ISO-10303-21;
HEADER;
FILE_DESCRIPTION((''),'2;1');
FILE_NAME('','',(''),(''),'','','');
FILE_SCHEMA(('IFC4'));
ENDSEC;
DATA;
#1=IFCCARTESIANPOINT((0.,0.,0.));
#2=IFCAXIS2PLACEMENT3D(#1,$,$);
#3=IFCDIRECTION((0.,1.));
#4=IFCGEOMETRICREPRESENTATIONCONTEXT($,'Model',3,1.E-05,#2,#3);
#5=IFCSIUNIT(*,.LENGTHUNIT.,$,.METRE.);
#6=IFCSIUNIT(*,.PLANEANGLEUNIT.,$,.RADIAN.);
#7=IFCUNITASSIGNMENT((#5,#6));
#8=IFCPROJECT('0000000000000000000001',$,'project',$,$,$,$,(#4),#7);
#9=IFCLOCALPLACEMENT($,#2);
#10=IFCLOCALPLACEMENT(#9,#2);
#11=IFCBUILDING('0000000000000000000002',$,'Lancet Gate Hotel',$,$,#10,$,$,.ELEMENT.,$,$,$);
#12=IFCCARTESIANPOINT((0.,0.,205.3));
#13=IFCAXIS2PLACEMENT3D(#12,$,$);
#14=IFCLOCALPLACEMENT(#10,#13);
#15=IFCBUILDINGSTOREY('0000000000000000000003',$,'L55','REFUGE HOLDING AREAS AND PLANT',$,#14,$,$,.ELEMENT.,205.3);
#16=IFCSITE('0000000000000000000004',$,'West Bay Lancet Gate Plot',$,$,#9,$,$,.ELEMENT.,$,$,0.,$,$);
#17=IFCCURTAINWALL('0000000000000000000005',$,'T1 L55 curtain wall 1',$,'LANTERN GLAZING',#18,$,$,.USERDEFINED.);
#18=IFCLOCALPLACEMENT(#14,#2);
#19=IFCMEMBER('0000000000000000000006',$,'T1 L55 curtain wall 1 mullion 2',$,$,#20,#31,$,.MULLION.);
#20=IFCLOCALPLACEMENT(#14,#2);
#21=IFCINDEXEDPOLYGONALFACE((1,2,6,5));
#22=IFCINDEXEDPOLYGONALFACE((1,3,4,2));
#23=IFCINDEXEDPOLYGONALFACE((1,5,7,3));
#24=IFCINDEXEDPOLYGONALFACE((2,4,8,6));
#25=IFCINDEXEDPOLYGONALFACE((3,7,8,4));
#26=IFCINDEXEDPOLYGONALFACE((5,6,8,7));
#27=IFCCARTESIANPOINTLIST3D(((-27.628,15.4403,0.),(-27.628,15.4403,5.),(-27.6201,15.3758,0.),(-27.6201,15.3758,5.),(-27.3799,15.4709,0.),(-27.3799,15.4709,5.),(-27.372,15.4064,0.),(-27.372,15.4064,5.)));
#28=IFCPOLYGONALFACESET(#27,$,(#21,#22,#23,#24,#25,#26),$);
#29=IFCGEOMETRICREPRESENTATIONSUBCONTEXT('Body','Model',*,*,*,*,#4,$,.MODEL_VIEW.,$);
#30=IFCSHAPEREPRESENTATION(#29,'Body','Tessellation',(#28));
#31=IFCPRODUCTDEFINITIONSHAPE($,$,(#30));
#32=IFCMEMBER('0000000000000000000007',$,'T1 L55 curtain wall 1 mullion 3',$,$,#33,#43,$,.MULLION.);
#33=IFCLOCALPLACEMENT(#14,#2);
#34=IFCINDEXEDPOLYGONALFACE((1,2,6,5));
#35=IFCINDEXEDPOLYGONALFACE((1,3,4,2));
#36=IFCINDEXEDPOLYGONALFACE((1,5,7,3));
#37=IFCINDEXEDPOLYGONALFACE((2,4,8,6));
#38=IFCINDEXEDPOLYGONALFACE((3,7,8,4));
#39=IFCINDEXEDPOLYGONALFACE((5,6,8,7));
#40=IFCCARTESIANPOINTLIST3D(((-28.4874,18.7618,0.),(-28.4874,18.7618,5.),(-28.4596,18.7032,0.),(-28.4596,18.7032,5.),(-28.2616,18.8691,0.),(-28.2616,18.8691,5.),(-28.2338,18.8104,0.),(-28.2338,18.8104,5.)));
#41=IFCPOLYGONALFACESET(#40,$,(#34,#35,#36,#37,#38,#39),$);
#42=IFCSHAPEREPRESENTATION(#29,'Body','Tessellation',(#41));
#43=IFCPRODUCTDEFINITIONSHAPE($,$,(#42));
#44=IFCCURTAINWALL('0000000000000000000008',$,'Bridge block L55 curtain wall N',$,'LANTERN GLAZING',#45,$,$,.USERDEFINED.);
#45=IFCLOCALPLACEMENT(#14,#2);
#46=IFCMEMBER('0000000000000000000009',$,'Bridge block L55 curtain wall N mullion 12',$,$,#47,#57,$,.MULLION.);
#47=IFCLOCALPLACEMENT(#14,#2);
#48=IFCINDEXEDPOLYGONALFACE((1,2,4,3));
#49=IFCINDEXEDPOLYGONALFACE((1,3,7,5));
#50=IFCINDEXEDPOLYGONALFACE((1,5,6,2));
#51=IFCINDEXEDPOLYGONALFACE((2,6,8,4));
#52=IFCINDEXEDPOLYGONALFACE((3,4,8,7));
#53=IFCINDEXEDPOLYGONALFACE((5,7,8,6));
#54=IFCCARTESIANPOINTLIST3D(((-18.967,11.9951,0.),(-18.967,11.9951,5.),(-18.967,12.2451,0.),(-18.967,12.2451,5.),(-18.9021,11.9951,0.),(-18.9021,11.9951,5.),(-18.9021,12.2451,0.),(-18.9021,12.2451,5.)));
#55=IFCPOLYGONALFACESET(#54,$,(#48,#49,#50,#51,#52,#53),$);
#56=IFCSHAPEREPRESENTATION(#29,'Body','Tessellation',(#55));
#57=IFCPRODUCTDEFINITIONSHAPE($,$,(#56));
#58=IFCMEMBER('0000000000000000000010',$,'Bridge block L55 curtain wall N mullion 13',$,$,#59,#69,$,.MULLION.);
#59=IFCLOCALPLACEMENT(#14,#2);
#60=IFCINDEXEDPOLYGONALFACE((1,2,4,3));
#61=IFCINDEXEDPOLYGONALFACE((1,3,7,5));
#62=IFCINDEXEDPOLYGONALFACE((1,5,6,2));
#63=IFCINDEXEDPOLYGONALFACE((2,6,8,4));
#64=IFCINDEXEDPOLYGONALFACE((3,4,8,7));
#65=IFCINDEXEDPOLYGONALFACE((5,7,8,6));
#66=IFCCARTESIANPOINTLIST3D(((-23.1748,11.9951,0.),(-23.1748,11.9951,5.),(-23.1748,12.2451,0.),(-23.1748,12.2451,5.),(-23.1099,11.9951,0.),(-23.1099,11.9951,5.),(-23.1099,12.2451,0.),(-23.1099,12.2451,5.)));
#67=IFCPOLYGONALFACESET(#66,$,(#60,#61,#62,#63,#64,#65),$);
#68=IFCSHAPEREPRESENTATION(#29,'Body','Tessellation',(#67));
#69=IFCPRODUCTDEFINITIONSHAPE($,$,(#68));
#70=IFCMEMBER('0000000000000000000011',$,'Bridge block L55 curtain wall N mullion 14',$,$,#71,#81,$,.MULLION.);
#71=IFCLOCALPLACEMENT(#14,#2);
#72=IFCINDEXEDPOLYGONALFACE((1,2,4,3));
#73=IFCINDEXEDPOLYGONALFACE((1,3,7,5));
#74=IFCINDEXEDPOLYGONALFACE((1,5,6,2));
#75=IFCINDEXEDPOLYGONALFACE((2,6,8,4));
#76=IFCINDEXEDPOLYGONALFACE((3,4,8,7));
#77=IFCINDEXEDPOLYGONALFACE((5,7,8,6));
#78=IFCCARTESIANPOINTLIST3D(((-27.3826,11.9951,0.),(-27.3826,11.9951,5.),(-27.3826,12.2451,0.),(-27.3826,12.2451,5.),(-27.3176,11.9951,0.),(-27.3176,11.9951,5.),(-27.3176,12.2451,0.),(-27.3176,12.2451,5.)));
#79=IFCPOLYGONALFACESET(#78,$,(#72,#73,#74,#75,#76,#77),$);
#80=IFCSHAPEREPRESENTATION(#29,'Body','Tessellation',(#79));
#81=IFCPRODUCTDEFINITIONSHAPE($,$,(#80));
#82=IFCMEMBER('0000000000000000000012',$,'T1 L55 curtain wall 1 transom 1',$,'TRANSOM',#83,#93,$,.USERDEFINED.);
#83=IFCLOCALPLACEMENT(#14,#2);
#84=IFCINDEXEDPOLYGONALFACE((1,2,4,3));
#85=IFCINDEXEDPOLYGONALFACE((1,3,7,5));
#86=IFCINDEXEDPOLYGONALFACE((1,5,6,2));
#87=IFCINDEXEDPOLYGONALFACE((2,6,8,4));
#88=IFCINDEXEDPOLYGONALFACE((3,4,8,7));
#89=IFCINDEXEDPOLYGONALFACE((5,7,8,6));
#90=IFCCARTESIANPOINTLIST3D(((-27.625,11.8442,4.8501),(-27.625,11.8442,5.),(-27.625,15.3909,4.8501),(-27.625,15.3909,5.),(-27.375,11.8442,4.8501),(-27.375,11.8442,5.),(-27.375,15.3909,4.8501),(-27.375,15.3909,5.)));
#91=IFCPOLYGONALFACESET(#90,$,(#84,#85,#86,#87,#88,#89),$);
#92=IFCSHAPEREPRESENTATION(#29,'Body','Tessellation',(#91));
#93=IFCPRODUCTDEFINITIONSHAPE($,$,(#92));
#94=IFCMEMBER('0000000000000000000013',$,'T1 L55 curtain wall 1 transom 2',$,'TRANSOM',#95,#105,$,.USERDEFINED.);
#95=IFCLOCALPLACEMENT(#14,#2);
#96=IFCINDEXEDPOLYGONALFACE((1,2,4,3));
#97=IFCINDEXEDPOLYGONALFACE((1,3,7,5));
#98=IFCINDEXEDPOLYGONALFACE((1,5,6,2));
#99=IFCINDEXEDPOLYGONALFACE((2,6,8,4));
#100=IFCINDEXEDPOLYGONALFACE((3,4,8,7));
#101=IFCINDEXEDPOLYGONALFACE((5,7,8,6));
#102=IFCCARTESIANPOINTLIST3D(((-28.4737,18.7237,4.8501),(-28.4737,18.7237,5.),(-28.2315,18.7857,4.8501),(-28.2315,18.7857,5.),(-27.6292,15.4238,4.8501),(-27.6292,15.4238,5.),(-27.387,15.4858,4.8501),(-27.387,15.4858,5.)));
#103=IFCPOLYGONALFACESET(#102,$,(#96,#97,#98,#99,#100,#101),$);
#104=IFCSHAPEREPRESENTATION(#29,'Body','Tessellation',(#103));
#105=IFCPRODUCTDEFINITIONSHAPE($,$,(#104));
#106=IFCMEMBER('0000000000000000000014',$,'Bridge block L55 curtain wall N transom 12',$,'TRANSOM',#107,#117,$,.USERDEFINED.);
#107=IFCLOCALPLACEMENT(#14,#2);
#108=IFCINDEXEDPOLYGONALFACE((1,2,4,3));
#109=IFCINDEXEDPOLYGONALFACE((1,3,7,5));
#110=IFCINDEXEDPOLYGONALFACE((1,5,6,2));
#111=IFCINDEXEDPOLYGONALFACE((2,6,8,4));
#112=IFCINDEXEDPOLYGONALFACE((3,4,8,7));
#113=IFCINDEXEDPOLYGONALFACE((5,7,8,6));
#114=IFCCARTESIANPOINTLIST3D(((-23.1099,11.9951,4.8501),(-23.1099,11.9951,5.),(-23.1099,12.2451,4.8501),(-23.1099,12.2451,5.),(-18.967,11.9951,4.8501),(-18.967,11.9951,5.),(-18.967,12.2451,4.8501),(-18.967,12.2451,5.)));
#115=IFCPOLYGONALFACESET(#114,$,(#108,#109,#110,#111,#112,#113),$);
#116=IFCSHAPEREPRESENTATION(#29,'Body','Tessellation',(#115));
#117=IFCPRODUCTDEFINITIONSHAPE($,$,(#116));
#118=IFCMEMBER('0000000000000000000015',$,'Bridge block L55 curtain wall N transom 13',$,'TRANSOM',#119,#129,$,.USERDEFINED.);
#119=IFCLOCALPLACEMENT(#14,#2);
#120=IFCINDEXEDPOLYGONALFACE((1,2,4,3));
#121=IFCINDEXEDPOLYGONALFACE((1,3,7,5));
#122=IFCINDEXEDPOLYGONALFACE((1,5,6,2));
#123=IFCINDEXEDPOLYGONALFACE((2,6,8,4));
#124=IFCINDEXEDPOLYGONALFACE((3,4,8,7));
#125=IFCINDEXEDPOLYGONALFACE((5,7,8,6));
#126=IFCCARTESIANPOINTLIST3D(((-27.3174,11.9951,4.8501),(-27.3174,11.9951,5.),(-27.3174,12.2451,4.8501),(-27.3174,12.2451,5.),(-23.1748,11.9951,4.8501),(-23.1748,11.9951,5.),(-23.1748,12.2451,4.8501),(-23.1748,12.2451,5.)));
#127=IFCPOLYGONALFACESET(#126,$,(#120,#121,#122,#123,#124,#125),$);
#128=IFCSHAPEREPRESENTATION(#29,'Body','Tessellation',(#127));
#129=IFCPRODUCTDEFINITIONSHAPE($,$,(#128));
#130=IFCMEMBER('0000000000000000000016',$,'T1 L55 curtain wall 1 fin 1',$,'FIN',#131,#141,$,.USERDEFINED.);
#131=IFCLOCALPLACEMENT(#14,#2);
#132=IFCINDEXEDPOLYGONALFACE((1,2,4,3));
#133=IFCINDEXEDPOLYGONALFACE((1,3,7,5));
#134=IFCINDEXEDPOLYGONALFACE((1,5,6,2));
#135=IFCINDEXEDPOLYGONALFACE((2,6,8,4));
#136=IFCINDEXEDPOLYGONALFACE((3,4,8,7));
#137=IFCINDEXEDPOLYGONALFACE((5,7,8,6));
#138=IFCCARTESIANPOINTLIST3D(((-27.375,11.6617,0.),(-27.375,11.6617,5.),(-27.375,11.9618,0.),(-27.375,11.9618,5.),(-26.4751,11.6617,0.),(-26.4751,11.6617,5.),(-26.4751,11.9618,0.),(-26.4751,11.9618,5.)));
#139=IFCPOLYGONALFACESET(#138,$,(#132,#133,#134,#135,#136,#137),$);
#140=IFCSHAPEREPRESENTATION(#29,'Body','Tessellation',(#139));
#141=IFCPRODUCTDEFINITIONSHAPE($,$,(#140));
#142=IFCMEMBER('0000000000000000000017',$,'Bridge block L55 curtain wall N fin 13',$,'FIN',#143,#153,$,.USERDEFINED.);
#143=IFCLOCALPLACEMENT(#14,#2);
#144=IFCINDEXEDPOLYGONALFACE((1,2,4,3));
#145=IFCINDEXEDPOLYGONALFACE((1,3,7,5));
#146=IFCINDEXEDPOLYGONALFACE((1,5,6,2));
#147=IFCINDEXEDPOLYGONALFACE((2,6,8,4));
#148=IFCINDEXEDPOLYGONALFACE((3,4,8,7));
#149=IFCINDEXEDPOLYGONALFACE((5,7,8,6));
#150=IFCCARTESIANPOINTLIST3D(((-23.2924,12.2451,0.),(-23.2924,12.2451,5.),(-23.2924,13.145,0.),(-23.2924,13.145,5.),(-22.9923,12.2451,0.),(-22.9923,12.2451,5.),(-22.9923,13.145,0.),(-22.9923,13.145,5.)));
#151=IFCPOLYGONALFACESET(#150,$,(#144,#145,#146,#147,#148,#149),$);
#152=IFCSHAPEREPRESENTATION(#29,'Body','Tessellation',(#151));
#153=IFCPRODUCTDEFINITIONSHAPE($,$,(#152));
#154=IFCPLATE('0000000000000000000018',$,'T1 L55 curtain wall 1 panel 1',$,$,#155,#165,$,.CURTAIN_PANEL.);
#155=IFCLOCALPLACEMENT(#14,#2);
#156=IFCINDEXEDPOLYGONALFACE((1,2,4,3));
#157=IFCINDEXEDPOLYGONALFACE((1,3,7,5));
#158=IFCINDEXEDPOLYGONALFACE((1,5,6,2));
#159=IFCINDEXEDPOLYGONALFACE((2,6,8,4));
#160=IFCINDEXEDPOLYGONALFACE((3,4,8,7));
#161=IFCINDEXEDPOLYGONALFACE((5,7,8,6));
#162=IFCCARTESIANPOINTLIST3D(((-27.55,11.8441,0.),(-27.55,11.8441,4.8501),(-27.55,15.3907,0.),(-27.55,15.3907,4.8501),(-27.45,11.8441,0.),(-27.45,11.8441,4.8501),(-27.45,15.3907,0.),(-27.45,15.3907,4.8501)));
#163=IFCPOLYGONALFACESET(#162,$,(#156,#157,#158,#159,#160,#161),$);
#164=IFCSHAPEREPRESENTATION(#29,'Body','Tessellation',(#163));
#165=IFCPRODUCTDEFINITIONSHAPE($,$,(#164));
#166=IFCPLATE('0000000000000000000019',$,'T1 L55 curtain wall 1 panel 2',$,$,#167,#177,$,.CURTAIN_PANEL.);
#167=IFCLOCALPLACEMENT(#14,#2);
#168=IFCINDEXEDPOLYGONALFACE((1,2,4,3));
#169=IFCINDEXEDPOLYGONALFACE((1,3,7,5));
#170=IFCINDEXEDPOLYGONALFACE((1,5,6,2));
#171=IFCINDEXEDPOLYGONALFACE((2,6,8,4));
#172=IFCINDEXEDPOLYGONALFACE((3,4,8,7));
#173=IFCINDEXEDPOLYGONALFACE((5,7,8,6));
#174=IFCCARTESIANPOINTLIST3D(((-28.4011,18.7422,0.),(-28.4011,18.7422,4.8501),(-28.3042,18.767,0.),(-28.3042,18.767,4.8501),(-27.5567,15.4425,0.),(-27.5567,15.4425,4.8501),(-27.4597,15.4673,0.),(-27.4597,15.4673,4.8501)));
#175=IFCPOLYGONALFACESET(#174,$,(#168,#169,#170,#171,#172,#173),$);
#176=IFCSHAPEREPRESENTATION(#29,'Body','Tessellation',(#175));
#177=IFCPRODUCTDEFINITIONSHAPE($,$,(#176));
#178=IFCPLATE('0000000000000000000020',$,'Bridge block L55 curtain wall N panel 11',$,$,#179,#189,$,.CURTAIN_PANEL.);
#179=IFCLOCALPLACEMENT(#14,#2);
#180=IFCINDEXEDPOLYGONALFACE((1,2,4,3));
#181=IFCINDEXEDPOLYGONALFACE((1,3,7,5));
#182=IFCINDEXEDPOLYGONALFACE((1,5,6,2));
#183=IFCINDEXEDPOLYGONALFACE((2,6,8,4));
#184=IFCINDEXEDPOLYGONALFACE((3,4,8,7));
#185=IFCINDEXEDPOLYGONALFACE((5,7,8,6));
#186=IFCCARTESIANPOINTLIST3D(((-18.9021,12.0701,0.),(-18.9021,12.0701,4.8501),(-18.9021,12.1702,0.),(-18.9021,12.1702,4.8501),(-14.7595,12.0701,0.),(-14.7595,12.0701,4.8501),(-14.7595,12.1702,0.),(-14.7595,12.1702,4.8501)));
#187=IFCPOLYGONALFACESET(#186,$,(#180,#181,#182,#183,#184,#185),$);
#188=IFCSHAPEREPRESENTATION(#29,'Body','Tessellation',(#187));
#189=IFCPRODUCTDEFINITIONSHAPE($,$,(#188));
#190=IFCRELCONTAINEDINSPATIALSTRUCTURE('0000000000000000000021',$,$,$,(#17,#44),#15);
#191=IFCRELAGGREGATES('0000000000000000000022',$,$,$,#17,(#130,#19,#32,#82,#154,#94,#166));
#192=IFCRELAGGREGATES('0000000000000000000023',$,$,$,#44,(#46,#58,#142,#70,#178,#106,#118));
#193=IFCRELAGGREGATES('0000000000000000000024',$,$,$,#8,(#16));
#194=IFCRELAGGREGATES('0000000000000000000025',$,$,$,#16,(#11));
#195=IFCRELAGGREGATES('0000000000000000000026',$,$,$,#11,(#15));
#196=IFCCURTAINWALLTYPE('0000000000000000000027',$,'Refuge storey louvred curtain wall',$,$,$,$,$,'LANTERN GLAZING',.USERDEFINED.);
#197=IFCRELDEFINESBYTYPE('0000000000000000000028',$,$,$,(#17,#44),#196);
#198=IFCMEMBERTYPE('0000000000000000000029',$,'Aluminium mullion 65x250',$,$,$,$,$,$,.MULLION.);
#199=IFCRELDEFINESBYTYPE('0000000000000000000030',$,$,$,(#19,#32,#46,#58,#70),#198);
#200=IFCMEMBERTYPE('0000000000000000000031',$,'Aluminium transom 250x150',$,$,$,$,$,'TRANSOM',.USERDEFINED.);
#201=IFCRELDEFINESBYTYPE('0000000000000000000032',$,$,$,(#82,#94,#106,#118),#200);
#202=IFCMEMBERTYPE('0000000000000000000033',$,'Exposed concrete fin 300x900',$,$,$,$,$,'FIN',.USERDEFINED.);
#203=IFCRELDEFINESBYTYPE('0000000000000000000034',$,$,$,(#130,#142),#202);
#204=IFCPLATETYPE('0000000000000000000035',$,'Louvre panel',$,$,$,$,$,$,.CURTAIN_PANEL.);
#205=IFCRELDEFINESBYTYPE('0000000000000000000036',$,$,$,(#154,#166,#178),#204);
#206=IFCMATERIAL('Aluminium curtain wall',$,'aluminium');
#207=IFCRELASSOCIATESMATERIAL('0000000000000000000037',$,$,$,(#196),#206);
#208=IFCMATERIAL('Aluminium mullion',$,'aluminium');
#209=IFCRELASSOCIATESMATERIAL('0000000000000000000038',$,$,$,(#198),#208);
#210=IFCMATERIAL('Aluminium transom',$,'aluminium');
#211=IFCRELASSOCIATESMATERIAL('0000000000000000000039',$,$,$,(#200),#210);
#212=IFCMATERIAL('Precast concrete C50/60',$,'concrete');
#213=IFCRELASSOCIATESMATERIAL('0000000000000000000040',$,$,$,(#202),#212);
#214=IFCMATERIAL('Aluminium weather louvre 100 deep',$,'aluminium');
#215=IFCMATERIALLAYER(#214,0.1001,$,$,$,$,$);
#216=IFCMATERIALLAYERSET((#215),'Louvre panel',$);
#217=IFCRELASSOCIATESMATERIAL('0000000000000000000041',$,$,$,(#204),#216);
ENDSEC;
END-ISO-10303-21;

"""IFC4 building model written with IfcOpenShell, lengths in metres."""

from ifc_helpers import new_model, si_unit, direction, frame, origin, origin_2d, place, context, subcontext, project, spatial, rectangle, extrude, material, layer, layer_set, material_profile, profile_set, type_object, element, aggregate, save


model = new_model("IFC4")

# Units and contexts
model_context = context("Model", 3, precision=1e-05, world=origin(), true_north=direction((0.0, 1.0)))
body_context = subcontext(model_context, "Body", "Model", "MODEL_VIEW")
ifc_project = project(units=[si_unit("LENGTHUNIT", "METRE"), si_unit("PLANEANGLEUNIT", "RADIAN")], contexts=[model_context])

# Site, building, storey
site_placement = place(None, origin())
site = spatial("IfcSite", under=ifc_project, at=site_placement, Name="West Bay Lancet Gate Plot", CompositionType="ELEMENT", RefElevation=0.0)
building_placement = place(site_placement, origin())
building = spatial("IfcBuilding", under=site, at=building_placement, Name="Lancet Gate Hotel", CompositionType="ELEMENT")
storey_placement = place(building_placement, frame((0.0, 0.0, 205.3)))
storey = spatial("IfcBuildingStorey", under=building, at=storey_placement, Name="L55", Description="REFUGE HOLDING AREAS AND PLANT", CompositionType="ELEMENT", Elevation=205.3)

# Curtain walls, members
ifc_material_1 = material(Name="Aluminium curtain wall", Category="aluminium")
curtain_wall_type = type_object("IfcCurtainWallType", Name="Refuge storey louvred curtain wall", ElementType="LANTERN GLAZING", PredefinedType="USERDEFINED", material=ifc_material_1)
curtain_wall_1_placement = place(storey_placement, origin())
curtain_wall_1 = element("IfcCurtainWall", 1, at=curtain_wall_1_placement, inside=storey, type_object=curtain_wall_type, Name="T1 L55 curtain wall 1", ObjectType="LANTERN GLAZING", PredefinedType="USERDEFINED")
ifc_material_2 = material(Name="Aluminium mullion", Category="aluminium")
ifc_material_profile_1 = material_profile(ifc_material_2, rectangle(XDim=0.0649, YDim=0.25, at=origin_2d()), Name="MULLION 65x250")
ifc_profile_set_1 = profile_set([ifc_material_profile_1], Name="Aluminium mullion")
member_type_1 = type_object("IfcMemberType", Name="Aluminium mullion 65x250", PredefinedType="MULLION", material=ifc_profile_set_1)
member_1_placement = place(storey_placement, frame((-27.5, 15.4233, 0.0), z_axis=(0.0, 0.0, 1.0), x_axis=(-0.122467, 0.992473, 0.0)))
member_1 = element("IfcMember", 2, at=member_1_placement, type_object=member_type_1, Name="T1 L55 curtain wall 1 mullion 2", PredefinedType="MULLION", context=body_context, shape_type="SweptSolid", body=[
    extrude(rectangle(XDim=0.0649, YDim=0.25, at=origin_2d()), origin(), (0.0, 0.0, 1.0), 5.0),
])
member_2_placement = place(storey_placement, frame((-28.3606, 18.7861, 0.0), z_axis=(0.0, 0.0, 1.0), x_axis=(-0.42905, 0.903281, 0.0)))
member_2 = element("IfcMember", 3, at=member_2_placement, type_object=member_type_1, Name="T1 L55 curtain wall 1 mullion 3", PredefinedType="MULLION", context=body_context, shape_type="SweptSolid", body=[
    extrude(rectangle(XDim=0.0649, YDim=0.25, at=origin_2d()), origin(), (0.0, 0.0, 1.0), 5.0),
])
curtain_wall_2_placement = place(storey_placement, origin())
curtain_wall_2 = element("IfcCurtainWall", 4, at=curtain_wall_2_placement, inside=storey, type_object=curtain_wall_type, Name="Bridge block L55 curtain wall N", ObjectType="LANTERN GLAZING", PredefinedType="USERDEFINED")
member_3_placement = place(storey_placement, frame((-18.9346, 12.1201, 0.0), z_axis=(0.0, 0.0, 1.0), x_axis=(-1.0, 0.0, 0.0)))
member_3 = element("IfcMember", 5, at=member_3_placement, type_object=member_type_1, Name="Bridge block L55 curtain wall N mullion 12", PredefinedType="MULLION", context=body_context, shape_type="SweptSolid", body=[
    extrude(rectangle(XDim=0.0649, YDim=0.25, at=origin_2d()), origin(), (0.0, 0.0, 1.0), 5.0),
])
member_4_placement = place(storey_placement, frame((-23.1423, 12.1201, 0.0), z_axis=(0.0, 0.0, 1.0), x_axis=(-1.0, 0.0, 0.0)))
member_4 = element("IfcMember", 6, at=member_4_placement, type_object=member_type_1, Name="Bridge block L55 curtain wall N mullion 13", PredefinedType="MULLION", context=body_context, shape_type="SweptSolid", body=[
    extrude(rectangle(XDim=0.0649, YDim=0.25, at=origin_2d()), origin(), (0.0, 0.0, 1.0), 5.0),
])
member_5_placement = place(storey_placement, frame((-27.3501, 12.1201, 0.0), z_axis=(0.0, 0.0, 1.0), x_axis=(-1.0, 0.0, 0.0)))
member_5 = element("IfcMember", 7, at=member_5_placement, type_object=member_type_1, Name="Bridge block L55 curtain wall N mullion 14", PredefinedType="MULLION", context=body_context, shape_type="SweptSolid", body=[
    extrude(rectangle(XDim=0.0649, YDim=0.25, at=origin_2d()), origin(), (0.0, 0.0, 1.0), 5.0),
])

# Members
ifc_material_3 = material(Name="Aluminium transom", Category="aluminium")
ifc_material_profile_2 = material_profile(ifc_material_3, rectangle(XDim=0.25, YDim=0.1499, at=origin_2d()), Name="TRANSOM 250x150")
ifc_profile_set_2 = profile_set([ifc_material_profile_2], Name="Aluminium transom")
member_type_2 = type_object("IfcMemberType", Name="Aluminium transom 250x150", ElementType="TRANSOM", PredefinedType="USERDEFINED", material=ifc_profile_set_2)
member_6_placement = place(storey_placement, frame((-27.5, 11.8442, 4.925), z_axis=(0.0, 1.0, 0.0), x_axis=(-1.0, 0.0, 0.0)))
member_6 = element("IfcMember", 8, at=member_6_placement, type_object=member_type_2, Name="T1 L55 curtain wall 1 transom 1", ObjectType="TRANSOM", PredefinedType="USERDEFINED", context=body_context, shape_type="SweptSolid", body=[
    extrude(rectangle(XDim=0.25, YDim=0.1499, at=origin_2d()), origin(), (0.0, 0.0, 1.0), 3.5466),
])
member_7_placement = place(storey_placement, frame((-27.5081, 15.4548, 4.925), z_axis=(-0.247929, 0.968778, 0.0), x_axis=(-0.968778, -0.247929, 0.0)))
member_7 = element("IfcMember", 9, at=member_7_placement, type_object=member_type_2, Name="T1 L55 curtain wall 1 transom 2", ObjectType="TRANSOM", PredefinedType="USERDEFINED", context=body_context, shape_type="SweptSolid", body=[
    extrude(rectangle(XDim=0.25, YDim=0.1499, at=origin_2d()), origin(), (0.0, 0.0, 1.0), 3.4062),
])
member_8_placement = place(storey_placement, frame((-18.967, 12.1201, 4.925), z_axis=(-1.0, 0.0, 0.0), x_axis=(0.0, -1.0, 0.0)))
member_8 = element("IfcMember", 10, at=member_8_placement, type_object=member_type_2, Name="Bridge block L55 curtain wall N transom 12", ObjectType="TRANSOM", PredefinedType="USERDEFINED", context=body_context, shape_type="SweptSolid", body=[
    extrude(rectangle(XDim=0.25, YDim=0.1499, at=origin_2d()), origin(), (0.0, 0.0, 1.0), 4.1428),
])
member_9_placement = place(storey_placement, frame((-23.1748, 12.1201, 4.925), z_axis=(-1.0, 0.0, 0.0), x_axis=(0.0, -1.0, 0.0)))
member_9 = element("IfcMember", 11, at=member_9_placement, type_object=member_type_2, Name="Bridge block L55 curtain wall N transom 13", ObjectType="TRANSOM", PredefinedType="USERDEFINED", context=body_context, shape_type="SweptSolid", body=[
    extrude(rectangle(XDim=0.25, YDim=0.1499, at=origin_2d()), origin(), (0.0, 0.0, 1.0), 4.1426),
])
ifc_material_4 = material(Name="Precast concrete C50/60", Category="concrete")
ifc_material_profile_3 = material_profile(ifc_material_4, rectangle(XDim=0.3, YDim=0.8999, at=origin_2d()), Name="FIN 300x900")
ifc_profile_set_3 = profile_set([ifc_material_profile_3], Name="Precast concrete C50/60")
member_type_3 = type_object("IfcMemberType", Name="Exposed concrete fin 300x900", ElementType="FIN", PredefinedType="USERDEFINED", material=ifc_profile_set_3)
member_10_placement = place(storey_placement, frame((-26.925, 11.8118, 0.0), z_axis=(0.0, 0.0, 1.0), x_axis=(0.0, 1.0, 0.0)))
member_10 = element("IfcMember", 12, at=member_10_placement, type_object=member_type_3, Name="T1 L55 curtain wall 1 fin 1", ObjectType="FIN", PredefinedType="USERDEFINED", context=body_context, shape_type="SweptSolid", body=[
    extrude(rectangle(XDim=0.3, YDim=0.8999, at=origin_2d()), origin(), (0.0, 0.0, 1.0), 5.0),
])
member_11_placement = place(storey_placement, frame((-23.1423, 12.6951, 0.0), z_axis=(0.0, 0.0, 1.0), x_axis=(-1.0, 0.0, 0.0)))
member_11 = element("IfcMember", 13, at=member_11_placement, type_object=member_type_3, Name="Bridge block L55 curtain wall N fin 13", ObjectType="FIN", PredefinedType="USERDEFINED", context=body_context, shape_type="SweptSolid", body=[
    extrude(rectangle(XDim=0.3, YDim=0.8999, at=origin_2d()), origin(), (0.0, 0.0, 1.0), 5.0),
])

# Plates
ifc_material_5 = material(Name="Aluminium weather louvre 100 deep", Category="aluminium")
ifc_layer_1 = layer(ifc_material_5, 0.1001)
ifc_layer_set_1 = layer_set([ifc_layer_1], Name="Louvre panel")
plate_type = type_object("IfcPlateType", Name="Louvre panel", PredefinedType="CURTAIN_PANEL", material=ifc_layer_set_1)
plate_1_placement = place(storey_placement, frame((-27.5, 13.6174, 0.0), z_axis=(0.0, 0.0, 1.0), x_axis=(0.0, 1.0, 0.0)))
plate_1 = element("IfcPlate", 14, at=plate_1_placement, type_object=plate_type, Name="T1 L55 curtain wall 1 panel 1", PredefinedType="CURTAIN_PANEL", context=body_context, shape_type="SweptSolid", body=[
    extrude(rectangle(XDim=3.5466, YDim=0.1001, at=origin_2d()), origin(), (0.0, 0.0, 1.0), 4.8501),
])
plate_2_placement = place(storey_placement, frame((-27.9304, 17.1047, 0.0), z_axis=(0.0, 0.0, 1.0), x_axis=(-0.247937, 0.968776, 0.0)))
plate_2 = element("IfcPlate", 15, at=plate_2_placement, type_object=plate_type, Name="T1 L55 curtain wall 1 panel 2", PredefinedType="CURTAIN_PANEL", context=body_context, shape_type="SweptSolid", body=[
    extrude(rectangle(XDim=3.406, YDim=0.1001, at=origin_2d()), origin(), (0.0, 0.0, 1.0), 4.8501),
])
aggregate(curtain_wall_1, [member_10, member_1, member_2, member_6, plate_1, member_7, plate_2])
plate_3_placement = place(storey_placement, frame((-16.8308, 12.1201, 0.0), z_axis=(0.0, 0.0, 1.0), x_axis=(-1.0, 0.0, 0.0)))
plate_3 = element("IfcPlate", 16, at=plate_3_placement, type_object=plate_type, Name="Bridge block L55 curtain wall N panel 11", PredefinedType="CURTAIN_PANEL", context=body_context, shape_type="SweptSolid", body=[
    extrude(rectangle(XDim=4.1426, YDim=0.1001, at=origin_2d()), origin(), (0.0, 0.0, 1.0), 4.8501),
])
aggregate(curtain_wall_2, [member_3, member_4, member_11, member_5, plate_3, member_8, member_9])

save(model, "model.ifc")
